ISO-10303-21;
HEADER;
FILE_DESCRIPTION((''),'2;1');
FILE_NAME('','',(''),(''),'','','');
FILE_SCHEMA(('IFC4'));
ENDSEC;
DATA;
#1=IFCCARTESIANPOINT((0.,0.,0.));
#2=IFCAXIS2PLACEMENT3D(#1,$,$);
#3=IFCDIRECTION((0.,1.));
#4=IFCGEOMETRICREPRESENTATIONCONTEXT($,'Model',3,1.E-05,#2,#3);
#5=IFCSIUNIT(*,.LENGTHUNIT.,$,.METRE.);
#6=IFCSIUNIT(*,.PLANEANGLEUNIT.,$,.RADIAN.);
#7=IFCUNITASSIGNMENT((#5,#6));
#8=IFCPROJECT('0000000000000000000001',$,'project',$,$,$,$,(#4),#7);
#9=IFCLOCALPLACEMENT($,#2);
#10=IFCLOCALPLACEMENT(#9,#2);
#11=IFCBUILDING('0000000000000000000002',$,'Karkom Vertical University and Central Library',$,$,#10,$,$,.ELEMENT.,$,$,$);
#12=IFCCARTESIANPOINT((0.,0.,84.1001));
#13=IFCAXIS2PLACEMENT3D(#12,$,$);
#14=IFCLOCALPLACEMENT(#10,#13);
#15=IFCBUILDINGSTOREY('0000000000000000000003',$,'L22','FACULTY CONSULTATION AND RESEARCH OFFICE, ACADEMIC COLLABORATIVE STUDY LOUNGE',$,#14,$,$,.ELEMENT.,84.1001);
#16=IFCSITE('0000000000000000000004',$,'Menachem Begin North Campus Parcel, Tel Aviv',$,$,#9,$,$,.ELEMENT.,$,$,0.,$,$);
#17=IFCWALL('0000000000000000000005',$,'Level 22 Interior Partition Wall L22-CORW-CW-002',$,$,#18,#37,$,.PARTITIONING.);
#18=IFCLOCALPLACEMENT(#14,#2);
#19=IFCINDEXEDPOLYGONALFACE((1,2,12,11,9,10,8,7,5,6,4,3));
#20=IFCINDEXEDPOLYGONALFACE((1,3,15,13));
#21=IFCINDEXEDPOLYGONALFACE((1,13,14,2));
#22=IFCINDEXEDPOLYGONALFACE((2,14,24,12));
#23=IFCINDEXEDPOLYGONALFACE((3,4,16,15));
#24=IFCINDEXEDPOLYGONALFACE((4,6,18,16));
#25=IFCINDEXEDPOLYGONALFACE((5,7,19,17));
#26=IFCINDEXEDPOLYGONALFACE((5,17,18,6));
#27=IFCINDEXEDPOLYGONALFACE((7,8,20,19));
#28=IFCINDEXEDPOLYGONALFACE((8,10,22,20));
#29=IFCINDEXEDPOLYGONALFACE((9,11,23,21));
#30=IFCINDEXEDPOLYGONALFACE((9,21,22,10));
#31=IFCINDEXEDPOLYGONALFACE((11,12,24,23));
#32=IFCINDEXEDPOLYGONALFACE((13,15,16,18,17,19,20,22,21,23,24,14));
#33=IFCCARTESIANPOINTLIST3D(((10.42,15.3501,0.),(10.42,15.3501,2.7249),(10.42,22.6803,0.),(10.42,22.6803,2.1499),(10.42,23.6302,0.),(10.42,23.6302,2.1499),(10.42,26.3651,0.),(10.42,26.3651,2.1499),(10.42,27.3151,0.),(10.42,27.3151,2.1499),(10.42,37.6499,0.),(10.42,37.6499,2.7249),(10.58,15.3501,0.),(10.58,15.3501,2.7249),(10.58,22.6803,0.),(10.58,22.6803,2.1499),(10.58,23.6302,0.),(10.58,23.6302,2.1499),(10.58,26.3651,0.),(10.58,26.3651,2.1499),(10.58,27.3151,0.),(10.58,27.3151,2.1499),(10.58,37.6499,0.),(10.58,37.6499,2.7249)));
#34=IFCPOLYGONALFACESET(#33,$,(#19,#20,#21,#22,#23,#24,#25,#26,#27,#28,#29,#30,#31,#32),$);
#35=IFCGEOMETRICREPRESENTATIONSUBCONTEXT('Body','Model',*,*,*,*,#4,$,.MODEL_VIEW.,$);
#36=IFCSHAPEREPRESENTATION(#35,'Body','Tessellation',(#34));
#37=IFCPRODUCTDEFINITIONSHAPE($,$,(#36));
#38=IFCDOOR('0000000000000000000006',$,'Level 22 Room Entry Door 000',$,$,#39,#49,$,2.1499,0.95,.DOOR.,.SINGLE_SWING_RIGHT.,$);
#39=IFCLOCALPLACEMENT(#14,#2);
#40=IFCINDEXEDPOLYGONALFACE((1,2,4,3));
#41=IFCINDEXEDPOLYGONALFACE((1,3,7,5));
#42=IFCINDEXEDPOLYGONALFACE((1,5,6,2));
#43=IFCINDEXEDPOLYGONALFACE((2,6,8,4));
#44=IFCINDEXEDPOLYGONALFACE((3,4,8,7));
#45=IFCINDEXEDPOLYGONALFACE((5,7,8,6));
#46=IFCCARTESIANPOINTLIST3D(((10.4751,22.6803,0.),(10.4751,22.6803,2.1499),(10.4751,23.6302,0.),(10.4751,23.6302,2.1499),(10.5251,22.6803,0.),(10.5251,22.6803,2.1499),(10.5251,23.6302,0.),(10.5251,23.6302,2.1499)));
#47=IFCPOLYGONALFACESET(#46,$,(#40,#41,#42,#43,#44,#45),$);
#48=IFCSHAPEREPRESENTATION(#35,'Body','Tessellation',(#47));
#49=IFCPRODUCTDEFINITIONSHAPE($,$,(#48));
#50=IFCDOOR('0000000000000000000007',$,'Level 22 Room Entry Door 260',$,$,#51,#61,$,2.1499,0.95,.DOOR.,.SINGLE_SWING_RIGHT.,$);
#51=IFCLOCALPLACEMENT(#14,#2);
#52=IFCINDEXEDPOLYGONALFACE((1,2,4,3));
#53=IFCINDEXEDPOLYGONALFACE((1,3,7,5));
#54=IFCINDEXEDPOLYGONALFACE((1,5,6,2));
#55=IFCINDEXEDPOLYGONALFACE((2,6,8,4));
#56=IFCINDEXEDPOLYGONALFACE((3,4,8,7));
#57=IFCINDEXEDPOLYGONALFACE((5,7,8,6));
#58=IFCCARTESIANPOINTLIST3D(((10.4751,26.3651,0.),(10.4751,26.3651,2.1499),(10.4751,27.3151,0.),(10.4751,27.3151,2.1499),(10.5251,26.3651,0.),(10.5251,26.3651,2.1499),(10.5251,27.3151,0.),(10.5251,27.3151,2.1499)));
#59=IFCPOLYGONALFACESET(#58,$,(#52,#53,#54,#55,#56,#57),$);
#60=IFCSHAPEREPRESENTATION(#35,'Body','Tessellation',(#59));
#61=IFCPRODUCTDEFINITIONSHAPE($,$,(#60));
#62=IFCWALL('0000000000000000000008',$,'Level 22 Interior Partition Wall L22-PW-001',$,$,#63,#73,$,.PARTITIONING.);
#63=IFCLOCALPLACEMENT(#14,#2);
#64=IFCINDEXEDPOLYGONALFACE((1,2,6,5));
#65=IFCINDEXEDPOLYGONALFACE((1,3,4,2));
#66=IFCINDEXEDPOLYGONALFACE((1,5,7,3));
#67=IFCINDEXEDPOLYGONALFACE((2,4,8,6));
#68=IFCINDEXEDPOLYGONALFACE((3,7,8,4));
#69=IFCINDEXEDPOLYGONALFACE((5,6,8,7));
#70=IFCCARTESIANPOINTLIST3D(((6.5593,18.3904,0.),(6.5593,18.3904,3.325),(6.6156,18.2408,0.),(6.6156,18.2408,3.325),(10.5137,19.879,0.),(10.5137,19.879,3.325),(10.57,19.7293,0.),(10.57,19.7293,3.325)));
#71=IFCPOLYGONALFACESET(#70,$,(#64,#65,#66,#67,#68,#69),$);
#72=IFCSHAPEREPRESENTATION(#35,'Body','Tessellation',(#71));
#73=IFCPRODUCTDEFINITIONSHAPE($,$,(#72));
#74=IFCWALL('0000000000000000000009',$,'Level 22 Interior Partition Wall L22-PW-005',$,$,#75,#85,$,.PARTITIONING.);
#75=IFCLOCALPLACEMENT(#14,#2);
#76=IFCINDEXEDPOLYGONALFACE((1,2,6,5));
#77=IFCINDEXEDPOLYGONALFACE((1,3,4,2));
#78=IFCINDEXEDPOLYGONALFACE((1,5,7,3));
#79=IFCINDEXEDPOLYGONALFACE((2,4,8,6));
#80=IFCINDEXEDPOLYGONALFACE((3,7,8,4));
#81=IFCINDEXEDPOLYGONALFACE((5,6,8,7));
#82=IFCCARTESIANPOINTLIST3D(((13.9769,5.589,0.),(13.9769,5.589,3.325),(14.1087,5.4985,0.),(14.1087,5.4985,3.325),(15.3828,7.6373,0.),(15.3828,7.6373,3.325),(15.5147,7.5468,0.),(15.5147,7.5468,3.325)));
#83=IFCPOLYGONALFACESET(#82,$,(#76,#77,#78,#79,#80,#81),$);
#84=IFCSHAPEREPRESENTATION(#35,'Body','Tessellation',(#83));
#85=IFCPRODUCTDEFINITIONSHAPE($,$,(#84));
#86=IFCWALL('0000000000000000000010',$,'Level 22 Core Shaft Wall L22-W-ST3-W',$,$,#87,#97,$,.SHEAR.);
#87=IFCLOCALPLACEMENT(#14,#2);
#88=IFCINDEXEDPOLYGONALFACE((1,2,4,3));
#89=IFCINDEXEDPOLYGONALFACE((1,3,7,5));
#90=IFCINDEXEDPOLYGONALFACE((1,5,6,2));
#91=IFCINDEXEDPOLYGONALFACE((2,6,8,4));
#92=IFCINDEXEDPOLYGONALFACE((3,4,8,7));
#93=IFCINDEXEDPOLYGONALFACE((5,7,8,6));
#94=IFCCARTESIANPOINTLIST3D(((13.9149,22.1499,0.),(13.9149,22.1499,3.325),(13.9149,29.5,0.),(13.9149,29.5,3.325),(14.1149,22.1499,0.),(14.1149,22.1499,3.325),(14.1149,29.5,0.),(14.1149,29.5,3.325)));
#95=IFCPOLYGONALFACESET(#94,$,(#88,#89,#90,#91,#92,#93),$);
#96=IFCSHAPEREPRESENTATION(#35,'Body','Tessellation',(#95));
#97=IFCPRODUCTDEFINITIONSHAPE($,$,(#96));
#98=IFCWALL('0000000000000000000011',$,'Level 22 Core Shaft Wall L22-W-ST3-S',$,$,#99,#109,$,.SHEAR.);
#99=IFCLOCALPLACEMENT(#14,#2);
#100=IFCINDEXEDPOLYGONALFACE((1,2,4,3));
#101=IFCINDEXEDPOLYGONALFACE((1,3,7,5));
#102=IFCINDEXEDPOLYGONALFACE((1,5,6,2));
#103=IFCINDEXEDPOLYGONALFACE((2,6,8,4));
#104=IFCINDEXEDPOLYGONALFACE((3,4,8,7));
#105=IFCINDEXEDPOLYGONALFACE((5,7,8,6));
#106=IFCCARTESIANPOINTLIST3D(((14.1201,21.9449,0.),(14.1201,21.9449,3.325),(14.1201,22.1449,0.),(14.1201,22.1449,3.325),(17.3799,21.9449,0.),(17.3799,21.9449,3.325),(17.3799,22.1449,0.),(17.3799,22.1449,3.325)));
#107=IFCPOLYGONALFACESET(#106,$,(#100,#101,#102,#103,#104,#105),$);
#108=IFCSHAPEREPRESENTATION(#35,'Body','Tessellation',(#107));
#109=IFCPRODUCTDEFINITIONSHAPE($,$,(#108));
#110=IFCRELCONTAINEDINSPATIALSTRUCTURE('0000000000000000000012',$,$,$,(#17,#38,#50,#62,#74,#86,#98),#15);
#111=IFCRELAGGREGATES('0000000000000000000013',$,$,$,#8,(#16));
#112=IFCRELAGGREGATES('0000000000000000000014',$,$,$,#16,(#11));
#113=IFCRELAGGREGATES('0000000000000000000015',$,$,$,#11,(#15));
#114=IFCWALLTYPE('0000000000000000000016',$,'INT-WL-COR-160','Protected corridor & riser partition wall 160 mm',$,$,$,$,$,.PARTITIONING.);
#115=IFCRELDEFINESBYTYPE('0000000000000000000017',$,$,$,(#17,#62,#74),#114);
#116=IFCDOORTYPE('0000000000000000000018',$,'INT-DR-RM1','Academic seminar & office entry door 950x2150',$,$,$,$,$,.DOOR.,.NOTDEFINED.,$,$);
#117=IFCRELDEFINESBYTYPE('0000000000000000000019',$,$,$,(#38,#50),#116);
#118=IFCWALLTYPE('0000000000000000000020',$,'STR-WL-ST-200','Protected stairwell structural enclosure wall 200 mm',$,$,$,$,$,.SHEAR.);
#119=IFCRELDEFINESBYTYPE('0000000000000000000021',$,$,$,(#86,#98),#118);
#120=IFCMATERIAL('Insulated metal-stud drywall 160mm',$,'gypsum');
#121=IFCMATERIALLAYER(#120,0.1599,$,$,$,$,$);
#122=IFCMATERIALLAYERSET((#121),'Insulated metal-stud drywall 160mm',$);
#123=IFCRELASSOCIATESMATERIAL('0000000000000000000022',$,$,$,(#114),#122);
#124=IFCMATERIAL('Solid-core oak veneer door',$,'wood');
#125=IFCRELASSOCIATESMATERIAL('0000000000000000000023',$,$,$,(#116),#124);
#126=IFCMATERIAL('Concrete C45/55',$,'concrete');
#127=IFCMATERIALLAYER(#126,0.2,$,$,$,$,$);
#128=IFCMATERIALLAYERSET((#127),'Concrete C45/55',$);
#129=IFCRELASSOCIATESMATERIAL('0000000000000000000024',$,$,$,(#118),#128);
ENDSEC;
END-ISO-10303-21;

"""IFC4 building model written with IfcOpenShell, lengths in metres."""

from ifc_helpers import new_model, si_unit, direction, frame, frame_2d, origin, origin_with_axes, place, context, subcontext, project, spatial, rectangle, extrude, source, transform, mapped, material, layer, layer_set, type_object, element, fill, save


model = new_model("IFC4")

# Units and contexts
model_context = context("Model", 3, precision=1e-05, world=origin(), true_north=direction((0.0, 1.0)))
body_context = subcontext(model_context, "Body", "Model", "MODEL_VIEW")
ifc_project = project(units=[si_unit("LENGTHUNIT", "METRE"), si_unit("PLANEANGLEUNIT", "RADIAN")], contexts=[model_context])

# Site, building, storey
site_placement = place(None, origin())
site = spatial("IfcSite", under=ifc_project, at=site_placement, Name="Menachem Begin North Campus Parcel, Tel Aviv", CompositionType="ELEMENT", RefElevation=0.0)
building_placement = place(site_placement, origin())
building = spatial("IfcBuilding", under=site, at=building_placement, Name="Karkom Vertical University and Central Library", CompositionType="ELEMENT")
storey_placement = place(building_placement, frame((0.0, 0.0, 84.1001)))
storey = spatial("IfcBuildingStorey", under=building, at=storey_placement, Name="L22", Description="FACULTY CONSULTATION AND RESEARCH OFFICE, ACADEMIC COLLABORATIVE STUDY LOUNGE", CompositionType="ELEMENT", Elevation=84.1001)

# Shared definitions
ifc_material_1 = material(Name="Concrete C45/55", Category="concrete")

# Wall, openings, doors
ifc_material_2 = material(Name="Insulated metal-stud drywall 160mm", Category="gypsum")
ifc_layer_1 = layer(ifc_material_2, 0.1599)
ifc_layer_set_1 = layer_set([ifc_layer_1], Name="Insulated metal-stud drywall 160mm")
wall_type_1 = type_object("IfcWallType", Name="INT-WL-COR-160", Description="Protected corridor & riser partition wall 160 mm", PredefinedType="PARTITIONING", material=ifc_layer_set_1)
wall_1_placement = place(storey_placement, frame((10.5, 15.3501, 0.0), z_axis=(0.0, 0.0, 1.0), x_axis=(0.0, 1.0, 0.0)))
wall_1 = element("IfcWall", 1, at=wall_1_placement, inside=storey, type_object=wall_type_1, Name="Level 22 Interior Partition Wall L22-CORW-CW-002", PredefinedType="PARTITIONING", context=body_context, shape_type="SweptSolid", body=[
    extrude(rectangle(XDim=22.2998, YDim=0.1599, at=frame_2d((11.1499, 0.0))), origin(), (0.0, 0.0, 1.0), 2.7249),
])
opening_1_placement = place(wall_1_placement, frame((7.3301, 0.0, 0.0)))
opening_1 = element("IfcOpeningElement", 2, at=opening_1_placement, cuts=wall_1, PredefinedType="OPENING", context=body_context, shape_type="SweptSolid", body=[
    extrude(rectangle(XDim=0.95, YDim=2.1499, at=frame_2d((0.4751, 1.075))), frame((0.0, 0.0898, 0.0), z_axis=(0.0, -1.0, 0.0), x_axis=(1.0, 0.0, 0.0)), (0.0, 0.0, 1.0), 0.1799),
])
opening_2_placement = place(wall_1_placement, frame((11.0149, 0.0, 0.0)))
opening_2 = element("IfcOpeningElement", 3, at=opening_2_placement, cuts=wall_1, PredefinedType="OPENING", context=body_context, shape_type="SweptSolid", body=[
    extrude(rectangle(XDim=0.95, YDim=2.1499, at=frame_2d((0.4751, 1.075))), frame((0.0, 0.0898, 0.0), z_axis=(0.0, -1.0, 0.0), x_axis=(1.0, 0.0, 0.0)), (0.0, 0.0, 1.0), 0.1799),
])
ifc_material_3 = material(Name="Solid-core oak veneer door", Category="wood")
door_type = type_object("IfcDoorType", Name="INT-DR-RM1", Description="Academic seminar & office entry door 950x2150", OperationType="NOTDEFINED", PredefinedType="DOOR", material=ifc_material_3)
shared_shape_1 = source(origin_with_axes(), body_context, "Body", "SweptSolid", [
    extrude(rectangle(XDim=0.95, YDim=2.1499, at=frame_2d((0.4751, 1.075))), frame((0.0, 0.0249, 0.0), z_axis=(0.0, -1.0, 0.0), x_axis=(1.0, 0.0, 0.0)), (0.0, 0.0, 1.0), 0.05),
])
door_1_placement = place(opening_1_placement, origin())
door_1 = element("IfcDoor", 4, at=door_1_placement, inside=storey, type_object=door_type, Name="Level 22 Room Entry Door 000", OperationType="SINGLE_SWING_RIGHT", OverallHeight=2.1499, OverallWidth=0.95, PredefinedType="DOOR", context=body_context, shape_type="MappedRepresentation", body=[
    mapped(shared_shape_1, transform((0.0, 0.0, 0.0), scale=1.0)),
])
fill(opening_1, door_1)
door_2_placement = place(opening_2_placement, origin())
door_2 = element("IfcDoor", 5, at=door_2_placement, inside=storey, type_object=door_type, Name="Level 22 Room Entry Door 260", OperationType="SINGLE_SWING_RIGHT", OverallHeight=2.1499, OverallWidth=0.95, PredefinedType="DOOR", context=body_context, shape_type="MappedRepresentation", body=[
    mapped(shared_shape_1, transform((0.0, 0.0, 0.0), scale=1.0)),
])
fill(opening_2, door_2)

# Walls
wall_2_placement = place(storey_placement, frame((10.542, 19.8042, 0.0), z_axis=(0.0, 0.0, 1.0), x_axis=(-0.935889, -0.352295, 0.0)))
element("IfcWall", 6, at=wall_2_placement, inside=storey, type_object=wall_type_1, Name="Level 22 Interior Partition Wall L22-PW-001", PredefinedType="PARTITIONING", context=body_context, shape_type="SweptSolid", body=[
    extrude(rectangle(XDim=4.2253, YDim=0.1599, at=frame_2d((2.1128, 0.0))), origin(), (0.0, 0.0, 1.0), 3.325),
])
wall_3_placement = place(storey_placement, frame((15.4487, 7.592, 0.0), z_axis=(0.0, 0.0, 1.0), x_axis=(-0.56592, -0.82446, 0.0)))
element("IfcWall", 7, at=wall_3_placement, inside=storey, type_object=wall_type_1, Name="Level 22 Interior Partition Wall L22-PW-005", PredefinedType="PARTITIONING", context=body_context, shape_type="SweptSolid", body=[
    extrude(rectangle(XDim=2.4844, YDim=0.1599, at=frame_2d((1.2422, 0.0))), origin(), (0.0, 0.0, 1.0), 3.325),
])
ifc_layer_2 = layer(ifc_material_1, 0.2)
ifc_layer_set_2 = layer_set([ifc_layer_2], Name="Concrete C45/55")
wall_type_2 = type_object("IfcWallType", Name="STR-WL-ST-200", Description="Protected stairwell structural enclosure wall 200 mm", PredefinedType="SHEAR", material=ifc_layer_set_2)
wall_4_placement = place(storey_placement, frame((14.0149, 22.1499, 0.0), z_axis=(0.0, 0.0, 1.0), x_axis=(0.0, 1.0, 0.0)))
element("IfcWall", 8, at=wall_4_placement, inside=storey, type_object=wall_type_2, Name="Level 22 Core Shaft Wall L22-W-ST3-W", PredefinedType="SHEAR", context=body_context, shape_type="SweptSolid", body=[
    extrude(rectangle(XDim=7.3501, YDim=0.2, at=frame_2d((3.675, 0.0))), origin(), (0.0, 0.0, 1.0), 3.325),
])
wall_5_placement = place(storey_placement, frame((14.1201, 22.0449, 0.0), z_axis=(0.0, 0.0, 1.0), x_axis=(1.0, 0.0, 0.0)))
element("IfcWall", 9, at=wall_5_placement, inside=storey, type_object=wall_type_2, Name="Level 22 Core Shaft Wall L22-W-ST3-S", PredefinedType="SHEAR", context=body_context, shape_type="SweptSolid", body=[
    extrude(rectangle(XDim=3.2598, YDim=0.2, at=frame_2d((1.6299, 0.0))), origin(), (0.0, 0.0, 1.0), 3.325),
])

save(model, "model.ifc")
